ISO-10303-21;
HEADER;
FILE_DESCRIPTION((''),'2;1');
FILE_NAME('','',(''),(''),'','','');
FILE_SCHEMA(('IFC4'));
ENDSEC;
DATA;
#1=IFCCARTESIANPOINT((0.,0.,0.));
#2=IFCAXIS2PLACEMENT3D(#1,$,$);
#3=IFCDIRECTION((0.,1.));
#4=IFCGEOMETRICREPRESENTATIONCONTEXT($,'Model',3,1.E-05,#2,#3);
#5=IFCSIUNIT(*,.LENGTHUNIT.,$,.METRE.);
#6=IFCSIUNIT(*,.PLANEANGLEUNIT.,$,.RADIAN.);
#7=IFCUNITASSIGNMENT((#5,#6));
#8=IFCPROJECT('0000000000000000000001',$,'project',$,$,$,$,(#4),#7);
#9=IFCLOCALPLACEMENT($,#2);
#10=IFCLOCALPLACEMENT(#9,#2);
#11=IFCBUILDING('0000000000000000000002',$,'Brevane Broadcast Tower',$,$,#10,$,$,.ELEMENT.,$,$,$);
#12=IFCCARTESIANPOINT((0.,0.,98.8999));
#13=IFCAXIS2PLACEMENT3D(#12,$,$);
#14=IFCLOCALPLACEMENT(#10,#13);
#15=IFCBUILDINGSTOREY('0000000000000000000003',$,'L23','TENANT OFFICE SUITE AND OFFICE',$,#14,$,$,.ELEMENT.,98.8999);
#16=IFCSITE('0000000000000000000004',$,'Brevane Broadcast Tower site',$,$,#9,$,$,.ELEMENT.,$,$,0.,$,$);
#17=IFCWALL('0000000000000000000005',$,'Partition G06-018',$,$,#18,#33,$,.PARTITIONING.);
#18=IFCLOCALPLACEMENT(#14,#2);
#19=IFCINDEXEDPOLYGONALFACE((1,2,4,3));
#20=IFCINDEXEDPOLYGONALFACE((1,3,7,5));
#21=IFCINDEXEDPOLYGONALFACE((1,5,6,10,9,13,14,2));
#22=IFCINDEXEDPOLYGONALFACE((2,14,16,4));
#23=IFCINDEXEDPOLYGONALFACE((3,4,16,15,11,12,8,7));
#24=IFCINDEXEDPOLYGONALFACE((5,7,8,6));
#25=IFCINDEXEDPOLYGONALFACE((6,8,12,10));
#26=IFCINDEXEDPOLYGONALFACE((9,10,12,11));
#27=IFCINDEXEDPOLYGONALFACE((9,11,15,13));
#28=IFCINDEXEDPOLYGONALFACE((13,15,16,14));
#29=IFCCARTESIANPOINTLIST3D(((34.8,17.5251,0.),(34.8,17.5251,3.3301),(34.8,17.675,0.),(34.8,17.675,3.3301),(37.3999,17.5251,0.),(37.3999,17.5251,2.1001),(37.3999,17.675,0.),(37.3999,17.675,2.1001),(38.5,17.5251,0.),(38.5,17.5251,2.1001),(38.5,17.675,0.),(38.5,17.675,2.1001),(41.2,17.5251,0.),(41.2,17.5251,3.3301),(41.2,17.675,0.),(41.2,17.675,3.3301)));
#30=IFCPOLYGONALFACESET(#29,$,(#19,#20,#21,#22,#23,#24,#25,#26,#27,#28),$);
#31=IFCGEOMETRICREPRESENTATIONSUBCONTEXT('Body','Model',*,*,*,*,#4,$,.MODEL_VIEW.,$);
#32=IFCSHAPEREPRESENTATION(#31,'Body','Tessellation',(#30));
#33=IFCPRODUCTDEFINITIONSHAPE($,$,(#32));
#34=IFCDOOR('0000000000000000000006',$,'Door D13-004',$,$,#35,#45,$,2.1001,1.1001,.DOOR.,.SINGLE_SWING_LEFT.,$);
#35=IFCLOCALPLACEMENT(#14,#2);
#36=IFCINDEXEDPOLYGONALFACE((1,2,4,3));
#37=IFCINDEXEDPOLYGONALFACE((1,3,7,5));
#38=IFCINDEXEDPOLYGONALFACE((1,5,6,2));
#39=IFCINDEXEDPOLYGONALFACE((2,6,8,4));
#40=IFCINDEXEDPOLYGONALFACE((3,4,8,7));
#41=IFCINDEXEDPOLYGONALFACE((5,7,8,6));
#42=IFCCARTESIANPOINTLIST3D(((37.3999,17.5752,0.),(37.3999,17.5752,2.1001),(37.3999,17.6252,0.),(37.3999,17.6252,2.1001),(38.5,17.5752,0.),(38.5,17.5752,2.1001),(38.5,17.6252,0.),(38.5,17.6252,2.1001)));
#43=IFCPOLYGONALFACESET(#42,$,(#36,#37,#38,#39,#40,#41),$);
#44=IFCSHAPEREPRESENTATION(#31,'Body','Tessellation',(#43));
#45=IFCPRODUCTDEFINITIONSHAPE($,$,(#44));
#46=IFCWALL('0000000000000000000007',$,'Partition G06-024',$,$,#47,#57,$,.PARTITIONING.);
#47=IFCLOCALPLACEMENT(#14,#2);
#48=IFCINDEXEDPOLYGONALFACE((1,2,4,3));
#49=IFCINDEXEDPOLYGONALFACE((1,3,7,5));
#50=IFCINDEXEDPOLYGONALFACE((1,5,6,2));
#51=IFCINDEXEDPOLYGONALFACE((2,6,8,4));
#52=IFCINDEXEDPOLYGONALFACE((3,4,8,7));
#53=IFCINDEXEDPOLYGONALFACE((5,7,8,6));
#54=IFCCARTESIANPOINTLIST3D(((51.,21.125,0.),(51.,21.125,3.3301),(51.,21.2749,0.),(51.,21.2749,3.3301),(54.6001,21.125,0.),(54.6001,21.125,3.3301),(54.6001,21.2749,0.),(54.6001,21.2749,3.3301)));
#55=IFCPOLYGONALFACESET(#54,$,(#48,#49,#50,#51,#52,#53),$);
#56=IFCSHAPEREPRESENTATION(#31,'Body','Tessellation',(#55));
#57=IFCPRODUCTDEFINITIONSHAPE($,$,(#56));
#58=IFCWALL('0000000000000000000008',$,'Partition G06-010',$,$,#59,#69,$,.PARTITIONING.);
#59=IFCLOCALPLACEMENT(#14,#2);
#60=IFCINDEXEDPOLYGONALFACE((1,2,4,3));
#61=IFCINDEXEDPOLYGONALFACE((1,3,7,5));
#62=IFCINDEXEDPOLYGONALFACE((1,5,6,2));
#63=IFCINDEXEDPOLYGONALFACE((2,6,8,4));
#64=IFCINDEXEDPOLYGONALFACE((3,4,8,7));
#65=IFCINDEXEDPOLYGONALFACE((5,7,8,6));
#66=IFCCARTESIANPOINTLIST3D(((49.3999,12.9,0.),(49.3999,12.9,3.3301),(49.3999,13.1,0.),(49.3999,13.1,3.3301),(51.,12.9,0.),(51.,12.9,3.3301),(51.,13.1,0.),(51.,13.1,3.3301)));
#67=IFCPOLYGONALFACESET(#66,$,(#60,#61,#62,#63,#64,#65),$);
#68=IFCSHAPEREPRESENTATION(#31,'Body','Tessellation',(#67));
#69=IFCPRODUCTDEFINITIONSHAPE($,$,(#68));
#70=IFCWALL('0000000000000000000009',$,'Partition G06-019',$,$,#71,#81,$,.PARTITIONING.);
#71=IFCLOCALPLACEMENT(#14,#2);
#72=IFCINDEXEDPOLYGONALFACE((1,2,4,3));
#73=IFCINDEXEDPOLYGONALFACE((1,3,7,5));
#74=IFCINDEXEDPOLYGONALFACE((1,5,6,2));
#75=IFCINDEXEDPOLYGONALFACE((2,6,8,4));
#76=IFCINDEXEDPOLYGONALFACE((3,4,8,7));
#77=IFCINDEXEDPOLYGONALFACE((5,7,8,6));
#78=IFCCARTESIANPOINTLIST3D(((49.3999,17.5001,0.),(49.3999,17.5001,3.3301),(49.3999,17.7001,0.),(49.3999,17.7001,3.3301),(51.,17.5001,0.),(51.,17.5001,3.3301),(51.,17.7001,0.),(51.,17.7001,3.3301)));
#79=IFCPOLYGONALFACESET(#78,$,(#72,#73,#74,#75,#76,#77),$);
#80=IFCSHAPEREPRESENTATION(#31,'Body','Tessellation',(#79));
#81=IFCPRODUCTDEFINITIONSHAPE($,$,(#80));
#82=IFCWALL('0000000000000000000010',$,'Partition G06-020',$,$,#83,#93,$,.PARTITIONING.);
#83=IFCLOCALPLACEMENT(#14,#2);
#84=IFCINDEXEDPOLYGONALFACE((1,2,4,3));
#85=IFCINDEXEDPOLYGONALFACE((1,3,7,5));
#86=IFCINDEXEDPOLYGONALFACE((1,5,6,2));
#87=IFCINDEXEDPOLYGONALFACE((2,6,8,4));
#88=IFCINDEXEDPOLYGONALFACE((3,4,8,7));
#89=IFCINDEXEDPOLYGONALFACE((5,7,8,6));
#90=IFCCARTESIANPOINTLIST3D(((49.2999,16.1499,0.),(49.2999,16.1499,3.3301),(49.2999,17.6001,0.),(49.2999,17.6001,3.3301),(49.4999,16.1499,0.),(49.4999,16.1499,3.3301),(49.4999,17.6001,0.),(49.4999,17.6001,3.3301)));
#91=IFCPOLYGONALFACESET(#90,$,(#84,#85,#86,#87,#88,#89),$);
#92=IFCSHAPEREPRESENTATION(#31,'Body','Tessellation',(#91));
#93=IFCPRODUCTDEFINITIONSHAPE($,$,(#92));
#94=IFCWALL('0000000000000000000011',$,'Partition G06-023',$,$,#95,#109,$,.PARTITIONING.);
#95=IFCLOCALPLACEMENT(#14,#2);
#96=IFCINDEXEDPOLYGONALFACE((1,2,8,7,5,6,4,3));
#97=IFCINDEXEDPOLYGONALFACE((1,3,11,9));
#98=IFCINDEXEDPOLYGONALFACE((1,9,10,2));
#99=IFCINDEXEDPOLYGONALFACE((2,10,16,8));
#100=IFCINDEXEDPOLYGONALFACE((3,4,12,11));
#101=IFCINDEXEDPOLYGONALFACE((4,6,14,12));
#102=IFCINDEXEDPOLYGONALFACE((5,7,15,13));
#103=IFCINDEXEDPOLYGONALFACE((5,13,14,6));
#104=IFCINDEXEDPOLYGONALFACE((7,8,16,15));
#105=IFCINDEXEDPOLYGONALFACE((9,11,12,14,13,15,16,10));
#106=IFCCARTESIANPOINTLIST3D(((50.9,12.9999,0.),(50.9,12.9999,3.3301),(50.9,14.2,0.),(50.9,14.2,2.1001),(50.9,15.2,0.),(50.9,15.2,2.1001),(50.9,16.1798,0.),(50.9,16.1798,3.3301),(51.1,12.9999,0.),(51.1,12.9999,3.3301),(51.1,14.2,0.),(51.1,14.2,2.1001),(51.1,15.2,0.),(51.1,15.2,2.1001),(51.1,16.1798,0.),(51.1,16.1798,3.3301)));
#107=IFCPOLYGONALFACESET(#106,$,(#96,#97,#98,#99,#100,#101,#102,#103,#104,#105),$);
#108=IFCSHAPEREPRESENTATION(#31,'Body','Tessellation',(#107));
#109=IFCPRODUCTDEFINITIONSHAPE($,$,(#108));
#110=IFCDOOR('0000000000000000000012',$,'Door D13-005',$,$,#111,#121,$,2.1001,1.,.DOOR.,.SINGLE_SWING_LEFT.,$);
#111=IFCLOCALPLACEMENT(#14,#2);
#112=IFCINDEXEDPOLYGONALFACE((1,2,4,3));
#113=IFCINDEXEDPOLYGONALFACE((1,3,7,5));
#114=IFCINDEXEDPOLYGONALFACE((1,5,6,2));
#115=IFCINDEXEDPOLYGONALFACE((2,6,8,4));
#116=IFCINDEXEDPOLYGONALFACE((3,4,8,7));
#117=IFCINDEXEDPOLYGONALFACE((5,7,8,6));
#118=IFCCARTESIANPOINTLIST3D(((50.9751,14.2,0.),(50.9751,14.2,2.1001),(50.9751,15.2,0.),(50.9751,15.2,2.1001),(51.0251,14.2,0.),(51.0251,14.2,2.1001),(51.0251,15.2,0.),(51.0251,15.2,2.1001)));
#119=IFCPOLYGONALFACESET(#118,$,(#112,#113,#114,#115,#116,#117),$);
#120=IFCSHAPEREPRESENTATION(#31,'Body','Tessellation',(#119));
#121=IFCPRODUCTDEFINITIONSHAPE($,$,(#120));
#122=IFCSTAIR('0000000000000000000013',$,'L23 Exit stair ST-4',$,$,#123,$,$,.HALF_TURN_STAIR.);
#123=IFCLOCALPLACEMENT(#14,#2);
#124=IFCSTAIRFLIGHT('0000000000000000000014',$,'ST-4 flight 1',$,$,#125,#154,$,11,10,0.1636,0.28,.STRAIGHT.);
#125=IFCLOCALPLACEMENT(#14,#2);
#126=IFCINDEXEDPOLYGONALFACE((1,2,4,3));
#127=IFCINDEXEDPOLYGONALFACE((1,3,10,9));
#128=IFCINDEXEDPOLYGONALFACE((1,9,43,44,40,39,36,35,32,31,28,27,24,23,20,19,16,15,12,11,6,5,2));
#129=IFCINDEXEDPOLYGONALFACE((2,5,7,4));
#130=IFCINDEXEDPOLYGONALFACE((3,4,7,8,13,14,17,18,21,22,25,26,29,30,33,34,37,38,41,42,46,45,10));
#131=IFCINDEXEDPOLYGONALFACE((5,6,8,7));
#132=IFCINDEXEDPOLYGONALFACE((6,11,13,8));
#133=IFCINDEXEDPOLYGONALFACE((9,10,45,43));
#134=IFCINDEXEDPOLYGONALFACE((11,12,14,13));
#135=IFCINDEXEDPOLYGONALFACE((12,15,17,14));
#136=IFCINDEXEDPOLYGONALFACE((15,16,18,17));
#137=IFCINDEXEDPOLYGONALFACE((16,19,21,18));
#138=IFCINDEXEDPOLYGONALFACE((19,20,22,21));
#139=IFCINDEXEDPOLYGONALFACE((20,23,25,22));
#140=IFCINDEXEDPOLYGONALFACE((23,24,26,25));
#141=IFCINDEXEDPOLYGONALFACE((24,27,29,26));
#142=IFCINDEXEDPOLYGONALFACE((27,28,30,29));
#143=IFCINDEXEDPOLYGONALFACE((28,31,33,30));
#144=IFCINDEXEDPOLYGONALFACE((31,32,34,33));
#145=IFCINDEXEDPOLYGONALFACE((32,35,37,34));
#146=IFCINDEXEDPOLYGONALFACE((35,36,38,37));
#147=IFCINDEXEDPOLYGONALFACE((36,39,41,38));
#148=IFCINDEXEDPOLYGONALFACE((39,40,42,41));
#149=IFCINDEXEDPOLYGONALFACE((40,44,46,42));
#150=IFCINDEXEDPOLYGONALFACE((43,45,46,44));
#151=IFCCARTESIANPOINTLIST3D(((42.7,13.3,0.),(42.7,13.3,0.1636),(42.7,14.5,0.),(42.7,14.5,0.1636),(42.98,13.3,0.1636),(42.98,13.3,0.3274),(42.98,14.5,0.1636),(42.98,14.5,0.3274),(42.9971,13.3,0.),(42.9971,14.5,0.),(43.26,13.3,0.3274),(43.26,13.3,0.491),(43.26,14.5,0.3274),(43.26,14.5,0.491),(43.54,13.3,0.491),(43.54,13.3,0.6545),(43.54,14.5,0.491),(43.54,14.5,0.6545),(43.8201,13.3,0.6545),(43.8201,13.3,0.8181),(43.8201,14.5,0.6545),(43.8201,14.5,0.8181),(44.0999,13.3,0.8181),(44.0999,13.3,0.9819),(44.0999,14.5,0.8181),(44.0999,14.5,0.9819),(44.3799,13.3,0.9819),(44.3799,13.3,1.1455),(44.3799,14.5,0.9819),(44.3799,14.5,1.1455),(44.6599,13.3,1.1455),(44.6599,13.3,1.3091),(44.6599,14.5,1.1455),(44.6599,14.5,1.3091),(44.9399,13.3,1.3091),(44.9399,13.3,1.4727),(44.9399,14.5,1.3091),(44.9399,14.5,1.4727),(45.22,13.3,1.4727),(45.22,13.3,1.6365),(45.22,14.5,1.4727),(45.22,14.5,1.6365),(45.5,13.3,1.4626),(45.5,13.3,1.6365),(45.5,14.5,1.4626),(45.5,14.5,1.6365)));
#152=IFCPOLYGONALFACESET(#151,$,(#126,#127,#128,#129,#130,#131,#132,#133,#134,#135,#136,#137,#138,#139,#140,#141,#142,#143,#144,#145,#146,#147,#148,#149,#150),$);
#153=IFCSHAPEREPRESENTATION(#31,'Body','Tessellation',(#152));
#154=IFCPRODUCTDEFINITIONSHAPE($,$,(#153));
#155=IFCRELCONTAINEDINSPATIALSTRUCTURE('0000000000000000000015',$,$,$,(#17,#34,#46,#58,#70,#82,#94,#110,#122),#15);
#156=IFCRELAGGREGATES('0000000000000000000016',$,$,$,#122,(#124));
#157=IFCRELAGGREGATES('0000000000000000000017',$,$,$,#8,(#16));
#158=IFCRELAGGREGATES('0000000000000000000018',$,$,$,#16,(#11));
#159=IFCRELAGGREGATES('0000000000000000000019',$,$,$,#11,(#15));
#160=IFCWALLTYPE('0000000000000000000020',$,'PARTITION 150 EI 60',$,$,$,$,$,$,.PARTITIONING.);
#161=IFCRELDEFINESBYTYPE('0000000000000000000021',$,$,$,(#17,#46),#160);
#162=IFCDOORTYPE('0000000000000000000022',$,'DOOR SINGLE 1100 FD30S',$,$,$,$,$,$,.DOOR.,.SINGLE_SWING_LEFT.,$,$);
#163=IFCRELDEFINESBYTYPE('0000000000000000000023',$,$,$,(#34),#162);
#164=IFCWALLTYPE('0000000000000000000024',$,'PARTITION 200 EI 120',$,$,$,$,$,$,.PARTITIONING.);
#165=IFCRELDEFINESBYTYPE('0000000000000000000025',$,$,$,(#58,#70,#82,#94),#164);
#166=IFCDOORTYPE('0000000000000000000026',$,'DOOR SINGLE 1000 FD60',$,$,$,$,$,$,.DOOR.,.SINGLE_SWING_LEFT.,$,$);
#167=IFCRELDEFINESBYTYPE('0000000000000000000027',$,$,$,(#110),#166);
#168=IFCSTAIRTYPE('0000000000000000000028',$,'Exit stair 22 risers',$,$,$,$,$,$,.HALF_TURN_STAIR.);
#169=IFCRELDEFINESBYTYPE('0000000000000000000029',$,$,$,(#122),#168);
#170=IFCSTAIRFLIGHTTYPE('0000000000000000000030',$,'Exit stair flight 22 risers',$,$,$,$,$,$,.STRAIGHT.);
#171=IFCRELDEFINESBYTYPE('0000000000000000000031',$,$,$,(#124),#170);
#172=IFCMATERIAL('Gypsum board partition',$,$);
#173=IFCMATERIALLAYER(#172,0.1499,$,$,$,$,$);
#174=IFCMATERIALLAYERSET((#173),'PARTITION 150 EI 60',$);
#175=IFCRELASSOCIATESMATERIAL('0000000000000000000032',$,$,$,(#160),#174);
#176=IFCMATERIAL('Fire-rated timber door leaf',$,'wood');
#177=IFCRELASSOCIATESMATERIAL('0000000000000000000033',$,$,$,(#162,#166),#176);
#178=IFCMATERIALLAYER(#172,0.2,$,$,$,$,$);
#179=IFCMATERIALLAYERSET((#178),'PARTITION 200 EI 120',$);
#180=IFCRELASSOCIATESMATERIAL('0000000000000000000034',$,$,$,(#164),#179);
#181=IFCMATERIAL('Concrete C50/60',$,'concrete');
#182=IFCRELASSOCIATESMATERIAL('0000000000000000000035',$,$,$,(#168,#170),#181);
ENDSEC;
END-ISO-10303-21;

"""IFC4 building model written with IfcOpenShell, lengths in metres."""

from ifc_helpers import new_model, si_unit, direction, frame, frame_2d, origin, place, context, subcontext, project, spatial, polyline, rectangle, outline, extrude, material, layer, layer_set, type_object, element, fill, aggregate, save


model = new_model("IFC4")

# Units and contexts
model_context = context("Model", 3, precision=1e-05, world=origin(), true_north=direction((0.0, 1.0)))
body_context = subcontext(model_context, "Body", "Model", "MODEL_VIEW")
ifc_project = project(units=[si_unit("LENGTHUNIT", "METRE"), si_unit("PLANEANGLEUNIT", "RADIAN")], contexts=[model_context])

# Site, building, storey
site_placement = place(None, origin())
site = spatial("IfcSite", under=ifc_project, at=site_placement, Name="Brevane Broadcast Tower site", CompositionType="ELEMENT", RefElevation=0.0)
building_placement = place(site_placement, origin())
building = spatial("IfcBuilding", under=site, at=building_placement, Name="Brevane Broadcast Tower", CompositionType="ELEMENT")
storey_placement = place(building_placement, frame((0.0, 0.0, 98.8999)))
storey = spatial("IfcBuildingStorey", under=building, at=storey_placement, Name="L23", Description="TENANT OFFICE SUITE AND OFFICE", CompositionType="ELEMENT", Elevation=98.8999)

# Shared definitions
ifc_material_1 = material(Name="Gypsum board partition")
ifc_layer_1 = layer(ifc_material_1, 0.1499)
ifc_layer_set_1 = layer_set([ifc_layer_1], Name="PARTITION 150 EI 60")
wall_type_1 = type_object("IfcWallType", Name="PARTITION 150 EI 60", PredefinedType="PARTITIONING", material=ifc_layer_set_1)

# Wall, opening, door
wall_1_placement = place(storey_placement, frame((41.2, 17.6001, 0.0), z_axis=(0.0, 0.0, 1.0), x_axis=(-1.0, 0.0, 0.0)))
wall_1 = element("IfcWall", 1, at=wall_1_placement, inside=storey, type_object=wall_type_1, Name="Partition G06-018", PredefinedType="PARTITIONING", context=body_context, shape_type="SweptSolid", body=[
    extrude(rectangle(XDim=6.3999, YDim=0.1499, at=frame_2d((3.2, 0.0))), origin(), (0.0, 0.0, 1.0), 3.3301),
])
opening_1_placement = place(wall_1_placement, frame((2.7, 0.0, 0.0)))
opening_1 = element("IfcOpeningElement", 2, at=opening_1_placement, cuts=wall_1, PredefinedType="OPENING", context=body_context, shape_type="SweptSolid", body=[
    extrude(rectangle(XDim=1.1001, YDim=2.1001, at=frame_2d((0.55, 1.05))), frame((0.0, 0.085, 0.0), z_axis=(0.0, -1.0, 0.0), x_axis=(1.0, 0.0, 0.0)), (0.0, 0.0, 1.0), 0.1699),
])
ifc_material_2 = material(Name="Fire-rated timber door leaf", Category="wood")
door_type_1 = type_object("IfcDoorType", Name="DOOR SINGLE 1100 FD30S", OperationType="SINGLE_SWING_LEFT", PredefinedType="DOOR", material=ifc_material_2)
door_1_placement = place(opening_1_placement, origin())
door_1 = element("IfcDoor", 3, at=door_1_placement, inside=storey, type_object=door_type_1, Name="Door D13-004", OperationType="SINGLE_SWING_LEFT", OverallHeight=2.1001, OverallWidth=1.1001, PredefinedType="DOOR", context=body_context, shape_type="SweptSolid", body=[
    extrude(rectangle(XDim=1.1001, YDim=2.1001, at=frame_2d((0.55, 1.05))), frame((0.0, 0.0249, 0.0), z_axis=(0.0, -1.0, 0.0), x_axis=(1.0, 0.0, 0.0)), (0.0, 0.0, 1.0), 0.05),
])
fill(opening_1, door_1)

# Walls
wall_2_placement = place(storey_placement, frame((51.0, 21.2, 0.0), z_axis=(0.0, 0.0, 1.0), x_axis=(1.0, 0.0, 0.0)))
element("IfcWall", 4, at=wall_2_placement, inside=storey, type_object=wall_type_1, Name="Partition G06-024", PredefinedType="PARTITIONING", context=body_context, shape_type="SweptSolid", body=[
    extrude(rectangle(XDim=3.6001, YDim=0.1499, at=frame_2d((1.8, 0.0))), origin(), (0.0, 0.0, 1.0), 3.3301),
])
ifc_layer_2 = layer(ifc_material_1, 0.2)
ifc_layer_set_2 = layer_set([ifc_layer_2], Name="PARTITION 200 EI 120")
wall_type_2 = type_object("IfcWallType", Name="PARTITION 200 EI 120", PredefinedType="PARTITIONING", material=ifc_layer_set_2)
for number, where, z_axis, x_axis, name in (
    (5, (49.3999, 13.0, 0.0), (0.0, 0.0, 1.0), (1.0, 0.0, 0.0), "Partition G06-010"),
    (6, (51.0, 17.6001, 0.0), (0.0, 0.0, 1.0), (-1.0, 0.0, 0.0), "Partition G06-019"),
):
    element("IfcWall", number, at=place(storey_placement, frame(where, z_axis=z_axis, x_axis=x_axis)), inside=storey, type_object=wall_type_2, Name=name, PredefinedType="PARTITIONING", context=body_context, shape_type="SweptSolid", body=[
        extrude(rectangle(XDim=1.6001, YDim=0.2, at=frame_2d((0.8, 0.0))), origin(), (0.0, 0.0, 1.0), 3.3301),
    ])
wall_3_placement = place(storey_placement, frame((49.3999, 17.6001, 0.0), z_axis=(0.0, 0.0, 1.0), x_axis=(0.0, -1.0, 0.0)))
element("IfcWall", 7, at=wall_3_placement, inside=storey, type_object=wall_type_2, Name="Partition G06-020", PredefinedType="PARTITIONING", context=body_context, shape_type="SweptSolid", body=[
    extrude(rectangle(XDim=1.4502, YDim=0.2, at=frame_2d((0.7251, 0.0))), origin(), (0.0, 0.0, 1.0), 3.3301),
])

# Wall, opening, door
wall_4_placement = place(storey_placement, frame((51.0, 13.0, 0.0), z_axis=(0.0, 0.0, 1.0), x_axis=(0.0, 1.0, 0.0)))
wall_4 = element("IfcWall", 8, at=wall_4_placement, inside=storey, type_object=wall_type_2, Name="Partition G06-023", PredefinedType="PARTITIONING", context=body_context, shape_type="SweptSolid", body=[
    extrude(rectangle(XDim=3.1799, YDim=0.2, at=frame_2d((1.5898, 0.0))), origin(), (0.0, 0.0, 1.0), 3.3301),
])
opening_2_placement = place(wall_4_placement, frame((1.2, 0.0, 0.0)))
opening_2 = element("IfcOpeningElement", 9, at=opening_2_placement, cuts=wall_4, PredefinedType="OPENING", context=body_context, shape_type="SweptSolid", body=[
    extrude(rectangle(XDim=1.0, YDim=2.1001, at=frame_2d((0.5, 1.05))), frame((0.0, 0.1099, 0.0), z_axis=(0.0, -1.0, 0.0), x_axis=(1.0, 0.0, 0.0)), (0.0, 0.0, 1.0), 0.22),
])
door_type_2 = type_object("IfcDoorType", Name="DOOR SINGLE 1000 FD60", OperationType="SINGLE_SWING_LEFT", PredefinedType="DOOR", material=ifc_material_2)
door_2_placement = place(opening_2_placement, origin())
door_2 = element("IfcDoor", 10, at=door_2_placement, inside=storey, type_object=door_type_2, Name="Door D13-005", OperationType="SINGLE_SWING_LEFT", OverallHeight=2.1001, OverallWidth=1.0, PredefinedType="DOOR", context=body_context, shape_type="SweptSolid", body=[
    extrude(rectangle(XDim=1.0, YDim=2.1001, at=frame_2d((0.5, 1.05))), frame((0.0, 0.0249, 0.0), z_axis=(0.0, -1.0, 0.0), x_axis=(1.0, 0.0, 0.0)), (0.0, 0.0, 1.0), 0.05),
])
fill(opening_2, door_2)

# Stair, stair flight
ifc_material_3 = material(Name="Concrete C50/60", Category="concrete")
stair_type = type_object("IfcStairType", Name="Exit stair 22 risers", PredefinedType="HALF_TURN_STAIR", material=ifc_material_3)
stair_placement = place(storey_placement, origin())
stair = element("IfcStair", 11, at=stair_placement, inside=storey, type_object=stair_type, Name="L23 Exit stair ST-4", PredefinedType="HALF_TURN_STAIR")
stair_flight_type = type_object("IfcStairFlightType", Name="Exit stair flight 22 risers", PredefinedType="STRAIGHT", material=ifc_material_3)
stair_flight_1_placement = place(storey_placement, frame((42.7, 13.8999, 0.0), z_axis=(0.0, 0.0, 1.0), x_axis=(1.0, 0.0, 0.0)))
stair_flight_1 = element("IfcStairFlight", 12, at=stair_flight_1_placement, type_object=stair_flight_type, Name="ST-4 flight 1", NumberOfRisers=11, NumberOfTreads=10, PredefinedType="STRAIGHT", RiserHeight=0.1636, TreadLength=0.28, context=body_context, shape_type="SweptSolid", body=[
    extrude(outline(polyline([(0.0, 0.0), (0.0, 0.1636), (0.28, 0.1636), (0.28, 0.3274), (0.5601, 0.3274), (0.5601, 0.491), (0.8401, 0.491), (0.8401, 0.6545), (1.1201, 0.6545), (1.1201, 0.8181), (1.3999, 0.8181), (1.3999, 0.9819), (1.6799, 0.9819), (1.6799, 1.1455), (1.96, 1.1455), (1.96, 1.3091), (2.24, 1.3091), (2.24, 1.4727), (2.52, 1.4727), (2.52, 1.6365), (2.8, 1.6365), (2.8, 1.8), (2.8, 1.4626), (0.2971, 0.0), (0.0, 0.0)])), frame((0.0, 0.6001, 0.0), z_axis=(0.0, -1.0, 0.0), x_axis=(1.0, 0.0, 0.0)), (0.0, 0.0, 1.0), 1.2),
])
aggregate(stair, [stair_flight_1])

save(model, "model.ifc")
